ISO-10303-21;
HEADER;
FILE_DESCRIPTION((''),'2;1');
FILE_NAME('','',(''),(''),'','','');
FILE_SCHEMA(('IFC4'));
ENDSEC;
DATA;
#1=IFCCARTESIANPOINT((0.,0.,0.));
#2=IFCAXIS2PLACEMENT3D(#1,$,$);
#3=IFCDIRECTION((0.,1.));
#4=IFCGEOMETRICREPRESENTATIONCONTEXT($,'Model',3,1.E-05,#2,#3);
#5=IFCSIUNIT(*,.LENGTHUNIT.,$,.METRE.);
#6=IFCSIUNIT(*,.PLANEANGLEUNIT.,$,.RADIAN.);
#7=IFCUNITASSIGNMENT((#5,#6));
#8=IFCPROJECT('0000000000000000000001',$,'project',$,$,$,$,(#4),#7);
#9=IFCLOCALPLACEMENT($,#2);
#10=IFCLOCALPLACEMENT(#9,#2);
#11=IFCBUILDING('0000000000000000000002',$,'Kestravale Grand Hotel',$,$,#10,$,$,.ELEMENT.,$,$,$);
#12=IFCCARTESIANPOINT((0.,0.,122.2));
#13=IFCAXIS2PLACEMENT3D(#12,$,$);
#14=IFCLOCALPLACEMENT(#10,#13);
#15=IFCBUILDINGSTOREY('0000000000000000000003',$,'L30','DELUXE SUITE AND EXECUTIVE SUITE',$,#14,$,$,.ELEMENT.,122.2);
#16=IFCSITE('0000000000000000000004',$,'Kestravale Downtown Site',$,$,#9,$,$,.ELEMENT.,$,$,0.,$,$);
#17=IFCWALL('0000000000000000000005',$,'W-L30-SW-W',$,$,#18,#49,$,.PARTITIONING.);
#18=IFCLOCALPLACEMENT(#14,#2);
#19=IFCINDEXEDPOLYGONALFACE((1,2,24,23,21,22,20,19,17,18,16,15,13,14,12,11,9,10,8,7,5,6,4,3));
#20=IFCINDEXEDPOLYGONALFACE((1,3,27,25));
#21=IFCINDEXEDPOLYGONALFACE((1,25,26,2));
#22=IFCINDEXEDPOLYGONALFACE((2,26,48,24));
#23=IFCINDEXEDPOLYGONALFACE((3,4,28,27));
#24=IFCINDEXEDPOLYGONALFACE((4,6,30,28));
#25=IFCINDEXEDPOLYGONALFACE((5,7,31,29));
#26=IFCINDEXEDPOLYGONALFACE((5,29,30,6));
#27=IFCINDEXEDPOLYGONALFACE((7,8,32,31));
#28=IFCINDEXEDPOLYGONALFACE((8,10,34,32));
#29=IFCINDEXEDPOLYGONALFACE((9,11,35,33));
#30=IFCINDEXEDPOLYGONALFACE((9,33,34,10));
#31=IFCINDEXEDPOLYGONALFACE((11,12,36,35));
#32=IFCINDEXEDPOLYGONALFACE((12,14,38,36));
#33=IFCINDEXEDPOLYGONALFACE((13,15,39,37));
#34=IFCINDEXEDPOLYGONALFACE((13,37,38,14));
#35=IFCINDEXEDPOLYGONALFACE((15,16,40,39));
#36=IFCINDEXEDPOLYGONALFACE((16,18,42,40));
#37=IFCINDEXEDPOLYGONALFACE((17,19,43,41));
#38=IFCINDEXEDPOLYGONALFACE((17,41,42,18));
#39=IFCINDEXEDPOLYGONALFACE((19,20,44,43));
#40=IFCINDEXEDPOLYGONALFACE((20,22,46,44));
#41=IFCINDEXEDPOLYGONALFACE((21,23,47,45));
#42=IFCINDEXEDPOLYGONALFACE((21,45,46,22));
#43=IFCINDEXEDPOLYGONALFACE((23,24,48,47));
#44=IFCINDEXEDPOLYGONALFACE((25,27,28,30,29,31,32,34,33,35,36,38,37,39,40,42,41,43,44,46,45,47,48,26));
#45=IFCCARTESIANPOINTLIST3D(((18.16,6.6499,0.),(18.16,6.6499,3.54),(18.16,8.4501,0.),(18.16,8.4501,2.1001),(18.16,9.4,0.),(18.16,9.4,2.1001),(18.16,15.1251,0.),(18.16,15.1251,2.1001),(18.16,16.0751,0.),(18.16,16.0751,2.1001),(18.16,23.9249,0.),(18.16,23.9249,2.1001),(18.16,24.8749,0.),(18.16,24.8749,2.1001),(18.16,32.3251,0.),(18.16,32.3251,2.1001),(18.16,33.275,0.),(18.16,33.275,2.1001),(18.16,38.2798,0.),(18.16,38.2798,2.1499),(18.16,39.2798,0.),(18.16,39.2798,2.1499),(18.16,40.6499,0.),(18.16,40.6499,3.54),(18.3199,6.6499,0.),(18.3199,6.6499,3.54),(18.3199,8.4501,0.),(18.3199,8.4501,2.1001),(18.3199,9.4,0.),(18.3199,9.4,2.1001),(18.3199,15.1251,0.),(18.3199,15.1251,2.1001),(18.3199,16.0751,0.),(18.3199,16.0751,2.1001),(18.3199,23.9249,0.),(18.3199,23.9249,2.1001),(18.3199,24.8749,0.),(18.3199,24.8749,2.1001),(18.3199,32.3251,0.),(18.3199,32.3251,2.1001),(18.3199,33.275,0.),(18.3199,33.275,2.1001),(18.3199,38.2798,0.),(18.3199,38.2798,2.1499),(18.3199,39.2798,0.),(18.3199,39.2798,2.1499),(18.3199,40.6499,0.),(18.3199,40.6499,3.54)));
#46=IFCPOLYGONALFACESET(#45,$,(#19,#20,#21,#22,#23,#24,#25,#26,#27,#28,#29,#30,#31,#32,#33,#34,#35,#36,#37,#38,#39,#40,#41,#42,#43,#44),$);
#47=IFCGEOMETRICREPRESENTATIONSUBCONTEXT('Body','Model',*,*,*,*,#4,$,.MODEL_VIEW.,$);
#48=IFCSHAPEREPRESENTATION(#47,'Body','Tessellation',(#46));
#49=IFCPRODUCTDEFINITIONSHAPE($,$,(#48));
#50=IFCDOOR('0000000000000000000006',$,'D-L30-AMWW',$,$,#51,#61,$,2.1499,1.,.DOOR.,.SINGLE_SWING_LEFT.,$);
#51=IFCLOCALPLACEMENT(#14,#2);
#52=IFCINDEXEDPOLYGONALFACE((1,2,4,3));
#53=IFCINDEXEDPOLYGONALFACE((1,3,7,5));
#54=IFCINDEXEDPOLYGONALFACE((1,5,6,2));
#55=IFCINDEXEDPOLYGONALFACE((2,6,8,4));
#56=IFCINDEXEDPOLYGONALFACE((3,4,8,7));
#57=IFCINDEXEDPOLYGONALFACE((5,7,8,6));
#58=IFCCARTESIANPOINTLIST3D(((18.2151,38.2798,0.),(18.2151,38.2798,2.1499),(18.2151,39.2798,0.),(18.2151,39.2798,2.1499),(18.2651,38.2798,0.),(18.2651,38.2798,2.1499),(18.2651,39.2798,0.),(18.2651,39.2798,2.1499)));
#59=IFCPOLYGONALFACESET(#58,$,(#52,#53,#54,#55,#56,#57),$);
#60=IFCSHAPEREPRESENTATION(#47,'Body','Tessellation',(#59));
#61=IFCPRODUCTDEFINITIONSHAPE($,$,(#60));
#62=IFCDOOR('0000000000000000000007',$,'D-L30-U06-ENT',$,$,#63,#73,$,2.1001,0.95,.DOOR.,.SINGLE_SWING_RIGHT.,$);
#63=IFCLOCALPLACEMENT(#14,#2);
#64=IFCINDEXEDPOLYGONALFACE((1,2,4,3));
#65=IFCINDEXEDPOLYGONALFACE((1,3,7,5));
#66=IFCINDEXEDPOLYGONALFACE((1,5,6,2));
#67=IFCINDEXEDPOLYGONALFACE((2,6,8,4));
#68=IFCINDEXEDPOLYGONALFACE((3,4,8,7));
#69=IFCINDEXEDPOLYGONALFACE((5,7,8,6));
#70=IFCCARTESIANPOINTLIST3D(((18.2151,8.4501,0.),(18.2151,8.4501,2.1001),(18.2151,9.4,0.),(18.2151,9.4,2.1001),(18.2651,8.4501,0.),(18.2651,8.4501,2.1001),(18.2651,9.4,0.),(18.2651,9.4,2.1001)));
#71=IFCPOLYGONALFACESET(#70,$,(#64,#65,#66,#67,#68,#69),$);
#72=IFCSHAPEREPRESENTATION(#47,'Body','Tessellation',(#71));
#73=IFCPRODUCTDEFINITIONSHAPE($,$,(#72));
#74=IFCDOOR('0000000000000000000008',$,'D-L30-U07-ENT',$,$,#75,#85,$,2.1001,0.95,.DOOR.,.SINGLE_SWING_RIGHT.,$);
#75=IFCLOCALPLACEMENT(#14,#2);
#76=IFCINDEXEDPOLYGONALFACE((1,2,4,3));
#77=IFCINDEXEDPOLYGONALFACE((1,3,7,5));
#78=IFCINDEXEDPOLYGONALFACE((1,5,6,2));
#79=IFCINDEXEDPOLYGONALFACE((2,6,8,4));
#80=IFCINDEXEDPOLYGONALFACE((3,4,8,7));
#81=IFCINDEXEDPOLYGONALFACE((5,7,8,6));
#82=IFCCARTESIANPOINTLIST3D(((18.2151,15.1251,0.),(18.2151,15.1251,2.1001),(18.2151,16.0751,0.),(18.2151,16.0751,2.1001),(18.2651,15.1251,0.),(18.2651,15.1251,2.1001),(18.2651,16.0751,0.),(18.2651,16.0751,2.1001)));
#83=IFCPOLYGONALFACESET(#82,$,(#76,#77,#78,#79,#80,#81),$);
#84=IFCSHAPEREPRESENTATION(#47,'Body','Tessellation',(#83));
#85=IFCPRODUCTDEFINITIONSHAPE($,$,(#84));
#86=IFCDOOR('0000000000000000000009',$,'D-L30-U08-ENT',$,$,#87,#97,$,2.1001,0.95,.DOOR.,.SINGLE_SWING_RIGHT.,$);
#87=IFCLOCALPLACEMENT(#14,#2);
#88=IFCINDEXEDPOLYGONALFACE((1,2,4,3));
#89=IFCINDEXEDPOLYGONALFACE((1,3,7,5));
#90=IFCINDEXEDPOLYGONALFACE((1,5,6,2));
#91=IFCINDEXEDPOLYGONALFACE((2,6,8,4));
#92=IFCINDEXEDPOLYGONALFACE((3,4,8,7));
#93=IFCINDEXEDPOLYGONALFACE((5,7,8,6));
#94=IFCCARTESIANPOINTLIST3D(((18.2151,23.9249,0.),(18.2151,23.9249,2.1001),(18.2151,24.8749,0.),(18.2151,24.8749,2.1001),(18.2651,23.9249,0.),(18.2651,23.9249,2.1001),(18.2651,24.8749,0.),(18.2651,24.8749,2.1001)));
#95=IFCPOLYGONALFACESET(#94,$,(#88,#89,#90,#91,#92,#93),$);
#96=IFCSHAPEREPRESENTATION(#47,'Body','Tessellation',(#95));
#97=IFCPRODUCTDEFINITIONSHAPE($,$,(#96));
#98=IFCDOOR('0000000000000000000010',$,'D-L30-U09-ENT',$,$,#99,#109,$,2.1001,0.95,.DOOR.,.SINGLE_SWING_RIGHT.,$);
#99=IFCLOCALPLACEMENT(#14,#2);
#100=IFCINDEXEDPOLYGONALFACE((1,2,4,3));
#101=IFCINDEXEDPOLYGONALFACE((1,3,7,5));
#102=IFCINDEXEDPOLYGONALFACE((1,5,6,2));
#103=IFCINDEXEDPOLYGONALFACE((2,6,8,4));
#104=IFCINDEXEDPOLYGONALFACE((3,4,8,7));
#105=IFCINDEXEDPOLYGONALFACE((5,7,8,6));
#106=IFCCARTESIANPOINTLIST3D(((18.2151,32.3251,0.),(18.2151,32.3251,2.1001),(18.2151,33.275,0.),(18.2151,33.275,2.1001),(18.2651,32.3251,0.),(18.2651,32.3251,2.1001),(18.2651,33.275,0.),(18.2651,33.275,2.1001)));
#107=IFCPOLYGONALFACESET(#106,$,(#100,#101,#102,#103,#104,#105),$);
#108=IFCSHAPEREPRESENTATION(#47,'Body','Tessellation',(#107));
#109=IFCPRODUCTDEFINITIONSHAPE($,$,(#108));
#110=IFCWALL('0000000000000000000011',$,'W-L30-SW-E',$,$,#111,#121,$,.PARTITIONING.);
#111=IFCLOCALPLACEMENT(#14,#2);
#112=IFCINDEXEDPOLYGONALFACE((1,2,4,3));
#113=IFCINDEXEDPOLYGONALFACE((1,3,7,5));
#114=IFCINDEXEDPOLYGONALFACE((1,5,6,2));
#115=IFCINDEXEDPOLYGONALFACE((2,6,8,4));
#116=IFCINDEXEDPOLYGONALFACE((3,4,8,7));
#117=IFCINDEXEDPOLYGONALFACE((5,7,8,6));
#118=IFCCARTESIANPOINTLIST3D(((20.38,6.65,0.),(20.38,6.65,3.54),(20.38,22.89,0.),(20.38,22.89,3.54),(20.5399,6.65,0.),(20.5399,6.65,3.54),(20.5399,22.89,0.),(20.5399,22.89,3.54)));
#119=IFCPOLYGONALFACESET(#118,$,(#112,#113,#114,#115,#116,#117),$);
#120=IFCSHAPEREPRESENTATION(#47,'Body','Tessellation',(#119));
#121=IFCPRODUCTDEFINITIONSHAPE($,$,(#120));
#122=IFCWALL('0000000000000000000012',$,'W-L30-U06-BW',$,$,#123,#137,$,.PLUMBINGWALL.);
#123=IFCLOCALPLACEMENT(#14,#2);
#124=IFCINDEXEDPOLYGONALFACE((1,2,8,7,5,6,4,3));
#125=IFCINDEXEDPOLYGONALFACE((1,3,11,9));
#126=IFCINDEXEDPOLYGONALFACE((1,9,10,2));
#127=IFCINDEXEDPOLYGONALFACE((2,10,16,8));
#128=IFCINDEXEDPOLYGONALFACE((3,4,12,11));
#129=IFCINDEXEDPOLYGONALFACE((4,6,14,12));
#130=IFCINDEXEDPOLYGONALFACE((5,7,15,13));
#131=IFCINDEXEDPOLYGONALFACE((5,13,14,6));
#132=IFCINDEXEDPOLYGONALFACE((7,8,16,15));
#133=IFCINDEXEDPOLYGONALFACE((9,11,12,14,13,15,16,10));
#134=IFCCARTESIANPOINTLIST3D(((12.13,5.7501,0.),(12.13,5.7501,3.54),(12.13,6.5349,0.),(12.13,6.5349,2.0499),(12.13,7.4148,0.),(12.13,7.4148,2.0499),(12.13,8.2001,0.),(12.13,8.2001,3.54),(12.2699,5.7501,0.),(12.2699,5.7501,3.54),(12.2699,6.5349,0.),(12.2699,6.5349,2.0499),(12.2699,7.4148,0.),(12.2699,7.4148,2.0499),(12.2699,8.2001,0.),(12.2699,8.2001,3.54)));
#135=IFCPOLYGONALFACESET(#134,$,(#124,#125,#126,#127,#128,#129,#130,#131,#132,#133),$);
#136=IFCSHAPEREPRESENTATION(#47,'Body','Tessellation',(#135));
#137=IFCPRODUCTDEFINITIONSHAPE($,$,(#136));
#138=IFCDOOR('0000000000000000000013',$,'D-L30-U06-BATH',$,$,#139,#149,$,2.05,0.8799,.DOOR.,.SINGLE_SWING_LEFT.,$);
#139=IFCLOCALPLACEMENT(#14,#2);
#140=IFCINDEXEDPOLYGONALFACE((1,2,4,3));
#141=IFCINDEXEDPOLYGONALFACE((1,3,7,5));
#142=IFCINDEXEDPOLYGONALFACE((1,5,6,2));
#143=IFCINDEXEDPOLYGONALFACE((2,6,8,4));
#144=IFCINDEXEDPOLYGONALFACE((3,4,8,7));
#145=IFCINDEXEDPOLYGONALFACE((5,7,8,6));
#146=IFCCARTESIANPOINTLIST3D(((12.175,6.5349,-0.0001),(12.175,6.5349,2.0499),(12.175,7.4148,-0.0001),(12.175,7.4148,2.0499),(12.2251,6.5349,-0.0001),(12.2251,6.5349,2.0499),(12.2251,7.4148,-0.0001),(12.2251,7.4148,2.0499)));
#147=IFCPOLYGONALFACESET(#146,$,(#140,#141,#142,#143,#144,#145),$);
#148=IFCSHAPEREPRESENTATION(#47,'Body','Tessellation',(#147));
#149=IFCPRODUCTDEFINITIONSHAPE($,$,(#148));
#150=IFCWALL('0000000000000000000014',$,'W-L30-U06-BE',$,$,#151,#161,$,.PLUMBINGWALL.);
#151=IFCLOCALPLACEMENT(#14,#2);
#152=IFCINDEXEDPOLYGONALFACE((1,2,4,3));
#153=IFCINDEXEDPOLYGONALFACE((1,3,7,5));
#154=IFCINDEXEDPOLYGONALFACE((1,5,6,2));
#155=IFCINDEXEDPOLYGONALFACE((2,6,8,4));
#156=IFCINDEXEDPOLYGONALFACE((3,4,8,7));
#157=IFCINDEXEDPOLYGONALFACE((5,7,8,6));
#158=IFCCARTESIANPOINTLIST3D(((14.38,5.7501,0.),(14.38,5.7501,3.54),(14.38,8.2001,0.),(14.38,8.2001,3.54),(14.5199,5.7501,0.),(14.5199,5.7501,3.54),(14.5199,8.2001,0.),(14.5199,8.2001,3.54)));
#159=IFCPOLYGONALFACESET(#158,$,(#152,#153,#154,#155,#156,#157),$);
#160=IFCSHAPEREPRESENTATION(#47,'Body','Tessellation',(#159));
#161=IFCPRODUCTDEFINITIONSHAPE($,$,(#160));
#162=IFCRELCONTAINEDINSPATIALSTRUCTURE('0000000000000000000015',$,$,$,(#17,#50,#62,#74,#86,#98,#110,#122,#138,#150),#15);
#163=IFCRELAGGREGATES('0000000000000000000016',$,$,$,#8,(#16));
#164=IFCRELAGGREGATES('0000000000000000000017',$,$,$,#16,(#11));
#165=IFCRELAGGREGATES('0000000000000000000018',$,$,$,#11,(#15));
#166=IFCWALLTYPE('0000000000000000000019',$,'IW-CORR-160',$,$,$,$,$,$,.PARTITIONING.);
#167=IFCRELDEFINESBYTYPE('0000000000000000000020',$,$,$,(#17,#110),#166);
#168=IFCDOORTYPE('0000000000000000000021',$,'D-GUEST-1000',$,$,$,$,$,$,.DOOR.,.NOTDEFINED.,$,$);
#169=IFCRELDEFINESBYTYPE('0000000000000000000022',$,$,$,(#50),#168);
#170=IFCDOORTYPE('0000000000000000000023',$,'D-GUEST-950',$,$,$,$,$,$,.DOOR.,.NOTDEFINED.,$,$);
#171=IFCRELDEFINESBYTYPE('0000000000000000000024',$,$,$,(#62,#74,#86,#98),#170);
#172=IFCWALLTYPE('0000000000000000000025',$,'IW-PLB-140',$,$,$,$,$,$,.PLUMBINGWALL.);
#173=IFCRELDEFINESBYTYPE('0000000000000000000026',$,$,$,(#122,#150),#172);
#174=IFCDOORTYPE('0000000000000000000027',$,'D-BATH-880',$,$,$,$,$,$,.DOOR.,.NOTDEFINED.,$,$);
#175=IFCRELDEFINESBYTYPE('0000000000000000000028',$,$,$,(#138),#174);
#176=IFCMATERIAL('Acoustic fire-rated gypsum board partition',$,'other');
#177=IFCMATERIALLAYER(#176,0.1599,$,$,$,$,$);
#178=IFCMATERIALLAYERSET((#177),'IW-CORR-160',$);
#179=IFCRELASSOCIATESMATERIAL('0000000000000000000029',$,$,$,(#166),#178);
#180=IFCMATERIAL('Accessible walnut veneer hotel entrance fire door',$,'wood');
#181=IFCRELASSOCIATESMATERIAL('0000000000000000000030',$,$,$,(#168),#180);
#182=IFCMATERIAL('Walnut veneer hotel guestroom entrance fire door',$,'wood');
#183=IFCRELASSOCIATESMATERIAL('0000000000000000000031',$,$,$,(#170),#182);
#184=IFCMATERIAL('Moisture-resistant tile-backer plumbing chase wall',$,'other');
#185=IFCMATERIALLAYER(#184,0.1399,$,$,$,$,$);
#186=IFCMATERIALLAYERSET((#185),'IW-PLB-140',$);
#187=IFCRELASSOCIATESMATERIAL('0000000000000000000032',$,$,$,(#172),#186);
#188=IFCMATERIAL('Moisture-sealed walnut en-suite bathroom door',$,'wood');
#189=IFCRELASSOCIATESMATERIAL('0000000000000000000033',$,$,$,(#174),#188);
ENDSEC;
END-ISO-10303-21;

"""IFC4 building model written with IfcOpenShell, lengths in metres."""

from ifc_helpers import new_model, si_unit, direction, frame, frame_2d, origin, place, context, subcontext, project, spatial, rectangle, extrude, material, layer, layer_set, type_object, element, fill, save


model = new_model("IFC4")

# Units and contexts
model_context = context("Model", 3, precision=1e-05, world=origin(), true_north=direction((0.0, 1.0)))
body_context = subcontext(model_context, "Body", "Model", "MODEL_VIEW")
ifc_project = project(units=[si_unit("LENGTHUNIT", "METRE"), si_unit("PLANEANGLEUNIT", "RADIAN")], contexts=[model_context])

# Site, building, storey
site_placement = place(None, origin())
site = spatial("IfcSite", under=ifc_project, at=site_placement, Name="Kestravale Downtown Site", CompositionType="ELEMENT", RefElevation=0.0)
building_placement = place(site_placement, origin())
building = spatial("IfcBuilding", under=site, at=building_placement, Name="Kestravale Grand Hotel", CompositionType="ELEMENT")
storey_placement = place(building_placement, frame((0.0, 0.0, 122.2)))
storey = spatial("IfcBuildingStorey", under=building, at=storey_placement, Name="L30", Description="DELUXE SUITE AND EXECUTIVE SUITE", CompositionType="ELEMENT", Elevation=122.2)

# Wall, openings, doors
ifc_material_1 = material(Name="Acoustic fire-rated gypsum board partition", Category="other")
ifc_layer_1 = layer(ifc_material_1, 0.1599)
ifc_layer_set_1 = layer_set([ifc_layer_1], Name="IW-CORR-160")
wall_type_1 = type_object("IfcWallType", Name="IW-CORR-160", PredefinedType="PARTITIONING", material=ifc_layer_set_1)
wall_1_placement = place(storey_placement, frame((18.24, 6.6499, 0.0), z_axis=(0.0, 0.0, 1.0), x_axis=(0.0, 1.0, 0.0)))
wall_1 = element("IfcWall", 1, at=wall_1_placement, inside=storey, type_object=wall_type_1, Name="W-L30-SW-W", PredefinedType="PARTITIONING", context=body_context, shape_type="SweptSolid", body=[
    extrude(rectangle(XDim=34.0, YDim=0.1599, at=frame_2d((17.0, 0.0))), origin(), (0.0, 0.0, 1.0), 3.54),
])
opening_1_placement = place(wall_1_placement, frame((1.8, 0.0, 0.0)))
opening_1 = element("IfcOpeningElement", 2, at=opening_1_placement, cuts=wall_1, PredefinedType="OPENING", context=body_context, shape_type="SweptSolid", body=[
    extrude(rectangle(XDim=0.95, YDim=2.1001, at=frame_2d((0.4751, 1.05))), frame((0.0, 0.0898, 0.0), z_axis=(0.0, -1.0, 0.0), x_axis=(1.0, 0.0, 0.0)), (0.0, 0.0, 1.0), 0.1799),
])
opening_2_placement = place(wall_1_placement, frame((8.4751, 0.0, 0.0)))
opening_2 = element("IfcOpeningElement", 3, at=opening_2_placement, cuts=wall_1, PredefinedType="OPENING", context=body_context, shape_type="SweptSolid", body=[
    extrude(rectangle(XDim=0.95, YDim=2.1001, at=frame_2d((0.4751, 1.05))), frame((0.0, 0.0898, 0.0), z_axis=(0.0, -1.0, 0.0), x_axis=(1.0, 0.0, 0.0)), (0.0, 0.0, 1.0), 0.1799),
])
opening_3_placement = place(wall_1_placement, frame((17.2749, 0.0, 0.0)))
opening_3 = element("IfcOpeningElement", 4, at=opening_3_placement, cuts=wall_1, PredefinedType="OPENING", context=body_context, shape_type="SweptSolid", body=[
    extrude(rectangle(XDim=0.95, YDim=2.1001, at=frame_2d((0.4751, 1.05))), frame((0.0, 0.0898, 0.0), z_axis=(0.0, -1.0, 0.0), x_axis=(1.0, 0.0, 0.0)), (0.0, 0.0, 1.0), 0.1799),
])
opening_4_placement = place(wall_1_placement, frame((25.675, 0.0, 0.0)))
opening_4 = element("IfcOpeningElement", 5, at=opening_4_placement, cuts=wall_1, PredefinedType="OPENING", context=body_context, shape_type="SweptSolid", body=[
    extrude(rectangle(XDim=0.95, YDim=2.1001, at=frame_2d((0.4751, 1.05))), frame((0.0, 0.0898, 0.0), z_axis=(0.0, -1.0, 0.0), x_axis=(1.0, 0.0, 0.0)), (0.0, 0.0, 1.0), 0.1799),
])
opening_5_placement = place(wall_1_placement, frame((31.6299, 0.0, 0.0)))
opening_5 = element("IfcOpeningElement", 6, at=opening_5_placement, cuts=wall_1, PredefinedType="OPENING", context=body_context, shape_type="SweptSolid", body=[
    extrude(rectangle(XDim=1.0, YDim=2.1499, at=frame_2d((0.5, 1.075))), frame((0.0, 0.0898, 0.0), z_axis=(0.0, -1.0, 0.0), x_axis=(1.0, 0.0, 0.0)), (0.0, 0.0, 1.0), 0.1799),
])
ifc_material_2 = material(Name="Accessible walnut veneer hotel entrance fire door", Category="wood")
door_type_1 = type_object("IfcDoorType", Name="D-GUEST-1000", OperationType="NOTDEFINED", PredefinedType="DOOR", material=ifc_material_2)
door_1_placement = place(opening_5_placement, origin())
door_1 = element("IfcDoor", 7, at=door_1_placement, inside=storey, type_object=door_type_1, Name="D-L30-AMWW", OperationType="SINGLE_SWING_LEFT", OverallHeight=2.1499, OverallWidth=1.0, PredefinedType="DOOR", context=body_context, shape_type="SweptSolid", body=[
    extrude(rectangle(XDim=1.0, YDim=2.1499, at=frame_2d((0.5, 1.075))), frame((0.0, 0.0249, 0.0), z_axis=(0.0, -1.0, 0.0), x_axis=(1.0, 0.0, 0.0)), (0.0, 0.0, 1.0), 0.05),
])
fill(opening_5, door_1)
ifc_material_3 = material(Name="Walnut veneer hotel guestroom entrance fire door", Category="wood")
door_type_2 = type_object("IfcDoorType", Name="D-GUEST-950", OperationType="NOTDEFINED", PredefinedType="DOOR", material=ifc_material_3)
door_2_placement = place(opening_1_placement, origin())
door_2 = element("IfcDoor", 8, at=door_2_placement, inside=storey, type_object=door_type_2, Name="D-L30-U06-ENT", OperationType="SINGLE_SWING_RIGHT", OverallHeight=2.1001, OverallWidth=0.95, PredefinedType="DOOR", context=body_context, shape_type="SweptSolid", body=[
    extrude(rectangle(XDim=0.95, YDim=2.1001, at=frame_2d((0.4751, 1.05))), frame((0.0, 0.0249, 0.0), z_axis=(0.0, -1.0, 0.0), x_axis=(1.0, 0.0, 0.0)), (0.0, 0.0, 1.0), 0.05),
])
fill(opening_1, door_2)
door_3_placement = place(opening_2_placement, origin())
door_3 = element("IfcDoor", 9, at=door_3_placement, inside=storey, type_object=door_type_2, Name="D-L30-U07-ENT", OperationType="SINGLE_SWING_RIGHT", OverallHeight=2.1001, OverallWidth=0.95, PredefinedType="DOOR", context=body_context, shape_type="SweptSolid", body=[
    extrude(rectangle(XDim=0.95, YDim=2.1001, at=frame_2d((0.4751, 1.05))), frame((0.0, 0.0249, 0.0), z_axis=(0.0, -1.0, 0.0), x_axis=(1.0, 0.0, 0.0)), (0.0, 0.0, 1.0), 0.05),
])
fill(opening_2, door_3)
door_4_placement = place(opening_3_placement, origin())
door_4 = element("IfcDoor", 10, at=door_4_placement, inside=storey, type_object=door_type_2, Name="D-L30-U08-ENT", OperationType="SINGLE_SWING_RIGHT", OverallHeight=2.1001, OverallWidth=0.95, PredefinedType="DOOR", context=body_context, shape_type="SweptSolid", body=[
    extrude(rectangle(XDim=0.95, YDim=2.1001, at=frame_2d((0.4751, 1.05))), frame((0.0, 0.0249, 0.0), z_axis=(0.0, -1.0, 0.0), x_axis=(1.0, 0.0, 0.0)), (0.0, 0.0, 1.0), 0.05),
])
fill(opening_3, door_4)
door_5_placement = place(opening_4_placement, origin())
door_5 = element("IfcDoor", 11, at=door_5_placement, inside=storey, type_object=door_type_2, Name="D-L30-U09-ENT", OperationType="SINGLE_SWING_RIGHT", OverallHeight=2.1001, OverallWidth=0.95, PredefinedType="DOOR", context=body_context, shape_type="SweptSolid", body=[
    extrude(rectangle(XDim=0.95, YDim=2.1001, at=frame_2d((0.4751, 1.05))), frame((0.0, 0.0249, 0.0), z_axis=(0.0, -1.0, 0.0), x_axis=(1.0, 0.0, 0.0)), (0.0, 0.0, 1.0), 0.05),
])
fill(opening_4, door_5)

# Wall
wall_2_placement = place(storey_placement, frame((20.46, 6.6499, 0.0), z_axis=(0.0, 0.0, 1.0), x_axis=(0.0, 1.0, 0.0)))
element("IfcWall", 12, at=wall_2_placement, inside=storey, type_object=wall_type_1, Name="W-L30-SW-E", PredefinedType="PARTITIONING", context=body_context, shape_type="SweptSolid", body=[
    extrude(rectangle(XDim=16.24, YDim=0.1599, at=frame_2d((8.1201, 0.0))), origin(), (0.0, 0.0, 1.0), 3.54),
])

# Wall, opening, door
ifc_material_4 = material(Name="Moisture-resistant tile-backer plumbing chase wall", Category="other")
ifc_layer_2 = layer(ifc_material_4, 0.1399)
ifc_layer_set_2 = layer_set([ifc_layer_2], Name="IW-PLB-140")
wall_type_2 = type_object("IfcWallType", Name="IW-PLB-140", PredefinedType="PLUMBINGWALL", material=ifc_layer_set_2)
wall_3_placement = place(storey_placement, frame((12.2, 5.75, 0.0), z_axis=(0.0, 0.0, 1.0), x_axis=(0.0, 1.0, 0.0)))
wall_3 = element("IfcWall", 13, at=wall_3_placement, inside=storey, type_object=wall_type_2, Name="W-L30-U06-BW", PredefinedType="PLUMBINGWALL", context=body_context, shape_type="SweptSolid", body=[
    extrude(rectangle(XDim=2.45, YDim=0.1399, at=frame_2d((1.2251, 0.0))), origin(), (0.0, 0.0, 1.0), 3.54),
])
opening_6_placement = place(wall_3_placement, frame((0.7849, 0.0, 0.0)))
opening_6 = element("IfcOpeningElement", 14, at=opening_6_placement, cuts=wall_3, PredefinedType="OPENING", context=body_context, shape_type="SweptSolid", body=[
    extrude(rectangle(XDim=0.8799, YDim=2.05, at=frame_2d((0.4399, 1.0249))), frame((0.0, 0.0798, 0.0), z_axis=(0.0, -1.0, 0.0), x_axis=(1.0, 0.0, 0.0)), (0.0, 0.0, 1.0), 0.1599),
])
ifc_material_5 = material(Name="Moisture-sealed walnut en-suite bathroom door", Category="wood")
door_type_3 = type_object("IfcDoorType", Name="D-BATH-880", OperationType="NOTDEFINED", PredefinedType="DOOR", material=ifc_material_5)
door_6_placement = place(opening_6_placement, origin())
door_6 = element("IfcDoor", 15, at=door_6_placement, inside=storey, type_object=door_type_3, Name="D-L30-U06-BATH", OperationType="SINGLE_SWING_LEFT", OverallHeight=2.05, OverallWidth=0.8799, PredefinedType="DOOR", context=body_context, shape_type="SweptSolid", body=[
    extrude(rectangle(XDim=0.8799, YDim=2.05, at=frame_2d((0.4399, 1.0249))), frame((0.0, 0.0249, 0.0), z_axis=(0.0, -1.0, 0.0), x_axis=(1.0, 0.0, 0.0)), (0.0, 0.0, 1.0), 0.05),
])
fill(opening_6, door_6)

# Wall
wall_4_placement = place(storey_placement, frame((14.45, 5.75, 0.0), z_axis=(0.0, 0.0, 1.0), x_axis=(0.0, 1.0, 0.0)))
element("IfcWall", 16, at=wall_4_placement, inside=storey, type_object=wall_type_2, Name="W-L30-U06-BE", PredefinedType="PLUMBINGWALL", context=body_context, shape_type="SweptSolid", body=[
    extrude(rectangle(XDim=2.45, YDim=0.1399, at=frame_2d((1.2251, 0.0))), origin(), (0.0, 0.0, 1.0), 3.54),
])

save(model, "model.ifc")
